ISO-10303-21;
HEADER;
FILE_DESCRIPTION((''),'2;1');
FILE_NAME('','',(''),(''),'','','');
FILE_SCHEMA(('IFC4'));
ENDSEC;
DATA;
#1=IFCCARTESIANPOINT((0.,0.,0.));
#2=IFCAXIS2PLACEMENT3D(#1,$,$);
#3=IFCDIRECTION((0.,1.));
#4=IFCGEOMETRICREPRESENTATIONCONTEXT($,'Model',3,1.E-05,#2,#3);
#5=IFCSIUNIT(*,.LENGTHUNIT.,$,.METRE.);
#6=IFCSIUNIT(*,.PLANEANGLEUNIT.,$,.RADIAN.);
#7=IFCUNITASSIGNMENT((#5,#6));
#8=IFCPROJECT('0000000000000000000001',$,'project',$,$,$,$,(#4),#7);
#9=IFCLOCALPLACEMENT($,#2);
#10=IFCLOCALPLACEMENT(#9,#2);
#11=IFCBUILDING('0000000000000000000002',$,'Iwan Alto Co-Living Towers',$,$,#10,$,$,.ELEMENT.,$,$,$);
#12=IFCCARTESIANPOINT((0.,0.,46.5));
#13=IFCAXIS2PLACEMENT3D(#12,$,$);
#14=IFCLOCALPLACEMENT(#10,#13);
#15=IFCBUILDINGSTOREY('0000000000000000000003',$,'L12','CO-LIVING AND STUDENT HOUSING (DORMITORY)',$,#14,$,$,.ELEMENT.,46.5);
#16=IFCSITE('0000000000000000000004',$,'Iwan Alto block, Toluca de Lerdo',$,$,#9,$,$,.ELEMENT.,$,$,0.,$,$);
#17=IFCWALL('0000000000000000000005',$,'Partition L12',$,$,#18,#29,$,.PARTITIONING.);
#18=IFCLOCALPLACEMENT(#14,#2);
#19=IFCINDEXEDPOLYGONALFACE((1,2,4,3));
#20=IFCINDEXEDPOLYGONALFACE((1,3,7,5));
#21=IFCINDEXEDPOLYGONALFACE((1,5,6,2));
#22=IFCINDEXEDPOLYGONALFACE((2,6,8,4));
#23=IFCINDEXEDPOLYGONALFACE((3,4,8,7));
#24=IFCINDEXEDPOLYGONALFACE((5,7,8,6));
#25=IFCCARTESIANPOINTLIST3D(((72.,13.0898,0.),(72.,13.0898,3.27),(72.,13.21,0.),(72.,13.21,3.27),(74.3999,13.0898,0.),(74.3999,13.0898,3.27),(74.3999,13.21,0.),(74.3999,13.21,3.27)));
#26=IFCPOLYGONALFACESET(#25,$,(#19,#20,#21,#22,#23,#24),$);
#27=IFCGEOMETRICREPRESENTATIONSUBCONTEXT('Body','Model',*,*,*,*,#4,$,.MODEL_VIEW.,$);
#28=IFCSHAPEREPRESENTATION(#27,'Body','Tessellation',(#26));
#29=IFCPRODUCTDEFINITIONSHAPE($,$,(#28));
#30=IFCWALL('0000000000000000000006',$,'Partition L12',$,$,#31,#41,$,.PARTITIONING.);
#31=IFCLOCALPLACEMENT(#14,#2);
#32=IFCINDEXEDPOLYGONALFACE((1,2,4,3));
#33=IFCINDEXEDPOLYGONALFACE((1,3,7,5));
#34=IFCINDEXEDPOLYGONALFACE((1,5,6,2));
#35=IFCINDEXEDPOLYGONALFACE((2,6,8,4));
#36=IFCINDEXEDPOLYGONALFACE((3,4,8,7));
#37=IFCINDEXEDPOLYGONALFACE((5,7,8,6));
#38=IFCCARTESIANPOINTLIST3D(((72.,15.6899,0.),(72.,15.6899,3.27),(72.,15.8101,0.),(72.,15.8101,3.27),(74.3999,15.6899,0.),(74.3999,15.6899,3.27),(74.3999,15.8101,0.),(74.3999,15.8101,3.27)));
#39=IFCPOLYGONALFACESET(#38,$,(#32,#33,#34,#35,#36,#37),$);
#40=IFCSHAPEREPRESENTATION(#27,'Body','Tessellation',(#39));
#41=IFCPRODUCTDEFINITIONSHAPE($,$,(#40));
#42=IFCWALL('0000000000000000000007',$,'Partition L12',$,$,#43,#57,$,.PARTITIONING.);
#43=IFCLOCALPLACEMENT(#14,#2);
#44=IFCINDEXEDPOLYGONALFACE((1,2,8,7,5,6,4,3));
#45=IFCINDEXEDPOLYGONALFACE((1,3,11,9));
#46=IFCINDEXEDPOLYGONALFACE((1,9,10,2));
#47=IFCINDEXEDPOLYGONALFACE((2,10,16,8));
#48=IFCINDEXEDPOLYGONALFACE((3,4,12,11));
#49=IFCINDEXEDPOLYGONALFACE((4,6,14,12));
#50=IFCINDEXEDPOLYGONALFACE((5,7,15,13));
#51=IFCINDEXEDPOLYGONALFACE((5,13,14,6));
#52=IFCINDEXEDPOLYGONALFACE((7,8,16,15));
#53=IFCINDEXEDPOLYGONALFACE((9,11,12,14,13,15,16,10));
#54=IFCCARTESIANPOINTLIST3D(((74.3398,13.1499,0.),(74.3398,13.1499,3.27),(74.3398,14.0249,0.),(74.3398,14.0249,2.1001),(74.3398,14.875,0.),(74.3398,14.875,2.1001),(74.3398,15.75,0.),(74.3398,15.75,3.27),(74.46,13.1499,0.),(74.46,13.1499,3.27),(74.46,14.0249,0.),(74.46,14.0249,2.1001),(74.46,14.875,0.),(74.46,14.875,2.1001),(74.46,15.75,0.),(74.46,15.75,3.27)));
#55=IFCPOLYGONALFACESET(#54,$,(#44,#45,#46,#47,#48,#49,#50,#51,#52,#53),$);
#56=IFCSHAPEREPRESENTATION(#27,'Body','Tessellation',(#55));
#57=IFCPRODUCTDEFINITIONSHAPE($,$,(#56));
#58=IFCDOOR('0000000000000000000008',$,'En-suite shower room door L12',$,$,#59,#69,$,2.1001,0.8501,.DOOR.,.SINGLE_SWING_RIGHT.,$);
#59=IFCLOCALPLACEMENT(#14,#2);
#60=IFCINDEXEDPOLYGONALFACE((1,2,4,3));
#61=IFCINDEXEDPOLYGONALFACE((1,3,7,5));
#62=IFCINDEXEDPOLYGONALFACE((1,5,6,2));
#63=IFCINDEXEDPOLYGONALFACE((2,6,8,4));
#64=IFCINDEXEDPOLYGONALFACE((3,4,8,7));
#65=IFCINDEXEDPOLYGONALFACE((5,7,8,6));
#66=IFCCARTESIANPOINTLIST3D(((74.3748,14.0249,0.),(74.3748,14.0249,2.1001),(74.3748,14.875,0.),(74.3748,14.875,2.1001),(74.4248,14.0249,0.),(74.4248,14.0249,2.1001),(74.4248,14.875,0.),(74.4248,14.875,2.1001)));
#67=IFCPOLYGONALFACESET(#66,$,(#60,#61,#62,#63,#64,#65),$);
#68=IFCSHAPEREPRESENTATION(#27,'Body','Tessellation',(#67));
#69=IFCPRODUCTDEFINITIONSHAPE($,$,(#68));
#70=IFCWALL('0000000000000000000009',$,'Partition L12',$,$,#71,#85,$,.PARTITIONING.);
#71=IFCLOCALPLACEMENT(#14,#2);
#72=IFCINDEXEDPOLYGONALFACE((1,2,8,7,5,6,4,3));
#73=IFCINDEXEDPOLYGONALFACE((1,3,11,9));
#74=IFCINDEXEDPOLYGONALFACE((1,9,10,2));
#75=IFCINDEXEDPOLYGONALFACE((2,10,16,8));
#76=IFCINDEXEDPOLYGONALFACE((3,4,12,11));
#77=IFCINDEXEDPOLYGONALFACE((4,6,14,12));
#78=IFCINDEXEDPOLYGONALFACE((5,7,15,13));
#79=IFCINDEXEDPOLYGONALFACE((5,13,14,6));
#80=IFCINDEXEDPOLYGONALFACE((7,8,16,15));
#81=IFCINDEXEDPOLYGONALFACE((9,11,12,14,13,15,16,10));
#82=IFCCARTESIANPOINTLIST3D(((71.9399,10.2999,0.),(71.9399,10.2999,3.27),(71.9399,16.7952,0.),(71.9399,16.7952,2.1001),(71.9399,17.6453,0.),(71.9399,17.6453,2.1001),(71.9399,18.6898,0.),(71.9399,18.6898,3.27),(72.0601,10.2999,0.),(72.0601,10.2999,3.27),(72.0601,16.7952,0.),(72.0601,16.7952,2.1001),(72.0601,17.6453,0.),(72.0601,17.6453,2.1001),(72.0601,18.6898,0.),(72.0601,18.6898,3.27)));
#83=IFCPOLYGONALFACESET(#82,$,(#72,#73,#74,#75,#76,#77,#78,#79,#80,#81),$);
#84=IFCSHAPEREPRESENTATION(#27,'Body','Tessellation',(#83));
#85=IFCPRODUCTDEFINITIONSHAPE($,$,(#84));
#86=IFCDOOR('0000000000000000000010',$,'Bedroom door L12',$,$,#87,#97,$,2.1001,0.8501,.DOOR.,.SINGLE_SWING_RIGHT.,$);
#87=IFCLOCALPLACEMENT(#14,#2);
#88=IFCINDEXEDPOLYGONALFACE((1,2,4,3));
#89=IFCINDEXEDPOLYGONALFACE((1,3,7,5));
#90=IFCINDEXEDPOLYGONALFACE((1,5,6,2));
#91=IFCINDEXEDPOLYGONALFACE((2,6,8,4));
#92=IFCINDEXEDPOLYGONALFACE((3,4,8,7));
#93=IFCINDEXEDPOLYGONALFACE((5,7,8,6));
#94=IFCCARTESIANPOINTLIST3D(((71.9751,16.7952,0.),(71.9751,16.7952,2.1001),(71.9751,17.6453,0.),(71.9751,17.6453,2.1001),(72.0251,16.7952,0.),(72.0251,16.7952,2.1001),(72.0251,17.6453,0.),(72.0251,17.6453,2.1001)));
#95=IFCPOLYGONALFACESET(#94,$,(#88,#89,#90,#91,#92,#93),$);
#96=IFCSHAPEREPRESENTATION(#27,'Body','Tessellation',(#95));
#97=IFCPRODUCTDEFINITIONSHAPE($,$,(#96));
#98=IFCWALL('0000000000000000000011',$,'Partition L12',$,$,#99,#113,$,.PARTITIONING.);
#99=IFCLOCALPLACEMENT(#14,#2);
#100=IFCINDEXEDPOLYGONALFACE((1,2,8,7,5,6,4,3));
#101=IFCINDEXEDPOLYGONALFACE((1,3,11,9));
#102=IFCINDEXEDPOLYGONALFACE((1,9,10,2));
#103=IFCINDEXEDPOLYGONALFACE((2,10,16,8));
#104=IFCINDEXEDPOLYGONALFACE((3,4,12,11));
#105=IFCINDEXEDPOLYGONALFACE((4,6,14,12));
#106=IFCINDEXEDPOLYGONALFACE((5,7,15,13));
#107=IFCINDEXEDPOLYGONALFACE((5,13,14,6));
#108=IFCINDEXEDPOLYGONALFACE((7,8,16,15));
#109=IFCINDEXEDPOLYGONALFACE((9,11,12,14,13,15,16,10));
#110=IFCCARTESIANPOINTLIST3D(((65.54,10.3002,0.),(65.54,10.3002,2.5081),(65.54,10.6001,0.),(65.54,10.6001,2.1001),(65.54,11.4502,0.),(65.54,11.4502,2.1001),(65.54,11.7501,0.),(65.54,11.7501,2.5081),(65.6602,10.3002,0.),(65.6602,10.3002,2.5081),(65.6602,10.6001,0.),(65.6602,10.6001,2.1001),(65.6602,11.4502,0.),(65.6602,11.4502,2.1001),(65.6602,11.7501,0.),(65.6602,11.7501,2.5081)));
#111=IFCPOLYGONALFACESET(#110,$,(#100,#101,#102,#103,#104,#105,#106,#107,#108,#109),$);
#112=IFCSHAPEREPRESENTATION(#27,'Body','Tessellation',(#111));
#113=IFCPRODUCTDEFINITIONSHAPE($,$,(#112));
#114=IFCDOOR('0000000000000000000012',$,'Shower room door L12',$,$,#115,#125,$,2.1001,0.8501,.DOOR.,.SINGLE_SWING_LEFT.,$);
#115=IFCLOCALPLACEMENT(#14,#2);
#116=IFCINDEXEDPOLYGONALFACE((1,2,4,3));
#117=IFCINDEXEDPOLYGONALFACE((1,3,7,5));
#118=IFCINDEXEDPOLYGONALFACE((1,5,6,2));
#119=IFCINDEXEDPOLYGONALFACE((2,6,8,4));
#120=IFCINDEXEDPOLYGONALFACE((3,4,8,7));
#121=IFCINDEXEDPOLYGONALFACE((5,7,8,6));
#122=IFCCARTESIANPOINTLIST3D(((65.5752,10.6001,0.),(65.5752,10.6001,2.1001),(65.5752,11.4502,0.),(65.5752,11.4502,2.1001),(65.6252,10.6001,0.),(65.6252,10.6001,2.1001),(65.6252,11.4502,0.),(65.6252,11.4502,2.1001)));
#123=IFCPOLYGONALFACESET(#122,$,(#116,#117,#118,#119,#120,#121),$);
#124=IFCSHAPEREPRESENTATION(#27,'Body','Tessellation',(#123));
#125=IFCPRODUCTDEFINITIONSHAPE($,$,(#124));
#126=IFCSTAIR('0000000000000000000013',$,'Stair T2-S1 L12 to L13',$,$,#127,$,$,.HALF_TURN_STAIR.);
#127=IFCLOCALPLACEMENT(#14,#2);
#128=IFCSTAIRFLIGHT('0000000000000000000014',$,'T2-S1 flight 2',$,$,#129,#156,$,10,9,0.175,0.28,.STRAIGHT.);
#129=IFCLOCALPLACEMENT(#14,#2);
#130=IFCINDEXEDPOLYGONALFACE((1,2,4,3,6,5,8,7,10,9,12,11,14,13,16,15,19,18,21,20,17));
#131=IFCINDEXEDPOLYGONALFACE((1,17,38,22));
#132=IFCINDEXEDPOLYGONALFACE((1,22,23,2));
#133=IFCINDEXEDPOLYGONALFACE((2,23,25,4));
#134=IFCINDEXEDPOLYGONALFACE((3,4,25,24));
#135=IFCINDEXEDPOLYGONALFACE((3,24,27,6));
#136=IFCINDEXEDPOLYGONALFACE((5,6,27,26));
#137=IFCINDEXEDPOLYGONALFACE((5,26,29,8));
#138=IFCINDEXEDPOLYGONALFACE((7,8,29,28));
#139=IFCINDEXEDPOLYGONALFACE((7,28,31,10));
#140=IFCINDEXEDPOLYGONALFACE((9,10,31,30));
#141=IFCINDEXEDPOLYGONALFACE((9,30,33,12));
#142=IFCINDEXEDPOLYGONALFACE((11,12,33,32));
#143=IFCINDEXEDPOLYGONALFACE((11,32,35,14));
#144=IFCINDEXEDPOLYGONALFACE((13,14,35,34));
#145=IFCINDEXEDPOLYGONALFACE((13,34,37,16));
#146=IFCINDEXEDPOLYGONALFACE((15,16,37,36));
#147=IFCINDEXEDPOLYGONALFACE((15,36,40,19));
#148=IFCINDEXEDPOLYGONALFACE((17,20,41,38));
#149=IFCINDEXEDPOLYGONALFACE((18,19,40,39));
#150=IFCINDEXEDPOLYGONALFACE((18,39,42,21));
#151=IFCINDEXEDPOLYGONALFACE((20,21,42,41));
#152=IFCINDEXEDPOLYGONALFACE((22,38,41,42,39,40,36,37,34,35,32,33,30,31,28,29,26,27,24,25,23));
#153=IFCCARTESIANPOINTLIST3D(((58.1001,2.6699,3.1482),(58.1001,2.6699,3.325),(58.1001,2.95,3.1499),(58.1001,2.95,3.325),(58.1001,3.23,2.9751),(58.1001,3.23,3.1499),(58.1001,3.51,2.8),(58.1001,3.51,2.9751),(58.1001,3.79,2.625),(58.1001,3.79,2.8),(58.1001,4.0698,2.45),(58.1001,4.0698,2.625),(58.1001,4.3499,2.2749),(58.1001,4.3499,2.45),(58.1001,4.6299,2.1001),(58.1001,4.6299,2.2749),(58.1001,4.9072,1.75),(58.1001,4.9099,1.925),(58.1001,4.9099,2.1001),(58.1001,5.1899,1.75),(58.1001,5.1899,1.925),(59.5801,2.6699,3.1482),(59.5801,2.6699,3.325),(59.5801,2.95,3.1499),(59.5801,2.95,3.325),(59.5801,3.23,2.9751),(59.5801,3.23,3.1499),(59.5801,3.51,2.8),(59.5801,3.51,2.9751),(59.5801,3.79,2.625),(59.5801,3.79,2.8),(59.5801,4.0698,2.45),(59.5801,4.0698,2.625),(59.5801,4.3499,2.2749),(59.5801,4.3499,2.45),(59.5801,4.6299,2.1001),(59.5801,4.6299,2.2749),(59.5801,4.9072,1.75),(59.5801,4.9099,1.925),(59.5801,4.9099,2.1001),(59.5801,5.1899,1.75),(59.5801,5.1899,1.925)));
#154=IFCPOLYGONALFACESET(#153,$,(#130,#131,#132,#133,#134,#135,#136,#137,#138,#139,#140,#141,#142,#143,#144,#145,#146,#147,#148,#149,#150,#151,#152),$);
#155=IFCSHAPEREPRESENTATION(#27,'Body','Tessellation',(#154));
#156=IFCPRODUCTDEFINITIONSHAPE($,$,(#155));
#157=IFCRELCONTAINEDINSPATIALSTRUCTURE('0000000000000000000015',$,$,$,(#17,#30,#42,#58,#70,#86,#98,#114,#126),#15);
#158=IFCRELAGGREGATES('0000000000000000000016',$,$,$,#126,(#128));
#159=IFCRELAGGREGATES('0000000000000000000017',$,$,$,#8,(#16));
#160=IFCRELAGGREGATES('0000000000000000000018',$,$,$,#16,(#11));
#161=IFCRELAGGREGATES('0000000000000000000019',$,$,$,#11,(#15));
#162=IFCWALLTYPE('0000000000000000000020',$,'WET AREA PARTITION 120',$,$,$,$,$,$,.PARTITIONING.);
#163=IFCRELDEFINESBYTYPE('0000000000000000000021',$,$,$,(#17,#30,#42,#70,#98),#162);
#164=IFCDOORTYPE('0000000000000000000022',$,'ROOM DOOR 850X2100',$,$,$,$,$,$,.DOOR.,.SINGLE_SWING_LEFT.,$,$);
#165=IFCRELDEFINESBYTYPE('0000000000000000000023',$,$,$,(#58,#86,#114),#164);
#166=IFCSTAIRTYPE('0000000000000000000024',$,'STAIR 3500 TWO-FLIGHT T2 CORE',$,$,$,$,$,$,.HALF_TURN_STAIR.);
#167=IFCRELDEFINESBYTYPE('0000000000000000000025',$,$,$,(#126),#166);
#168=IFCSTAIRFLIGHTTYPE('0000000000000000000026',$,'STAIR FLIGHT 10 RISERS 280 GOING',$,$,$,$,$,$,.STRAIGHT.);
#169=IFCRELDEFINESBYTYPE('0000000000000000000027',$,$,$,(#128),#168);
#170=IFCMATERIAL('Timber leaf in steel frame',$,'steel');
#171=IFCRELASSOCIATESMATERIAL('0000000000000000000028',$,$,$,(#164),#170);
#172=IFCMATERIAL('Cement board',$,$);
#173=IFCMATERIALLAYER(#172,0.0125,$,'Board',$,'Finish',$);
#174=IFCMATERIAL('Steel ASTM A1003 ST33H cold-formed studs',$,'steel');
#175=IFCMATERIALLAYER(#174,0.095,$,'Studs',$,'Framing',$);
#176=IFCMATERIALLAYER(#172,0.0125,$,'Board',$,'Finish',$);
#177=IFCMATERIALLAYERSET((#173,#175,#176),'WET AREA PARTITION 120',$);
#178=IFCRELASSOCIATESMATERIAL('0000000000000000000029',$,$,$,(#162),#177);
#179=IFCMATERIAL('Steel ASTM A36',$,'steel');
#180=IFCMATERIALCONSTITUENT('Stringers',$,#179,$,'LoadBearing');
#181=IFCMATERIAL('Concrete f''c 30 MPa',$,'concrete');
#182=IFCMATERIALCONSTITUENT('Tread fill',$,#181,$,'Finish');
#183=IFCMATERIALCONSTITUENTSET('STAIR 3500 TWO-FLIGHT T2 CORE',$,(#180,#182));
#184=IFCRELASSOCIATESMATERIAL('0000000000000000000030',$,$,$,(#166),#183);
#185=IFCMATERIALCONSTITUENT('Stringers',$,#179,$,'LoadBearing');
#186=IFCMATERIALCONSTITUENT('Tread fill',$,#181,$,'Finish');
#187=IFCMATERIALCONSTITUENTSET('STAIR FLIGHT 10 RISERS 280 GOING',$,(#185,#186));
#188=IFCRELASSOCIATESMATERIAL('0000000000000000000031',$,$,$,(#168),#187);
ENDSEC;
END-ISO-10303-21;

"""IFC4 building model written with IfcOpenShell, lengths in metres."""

from ifc_helpers import new_model, si_unit, direction, frame, frame_2d, origin, place, context, subcontext, project, spatial, polyline, rectangle, outline, extrude, material, layer, layer_set, constituent, constituent_set, type_object, element, fill, aggregate, save


model = new_model("IFC4")

# Units and contexts
model_context = context("Model", 3, precision=1e-05, world=origin(), true_north=direction((0.0, 1.0)))
body_context = subcontext(model_context, "Body", "Model", "MODEL_VIEW")
ifc_project = project(units=[si_unit("LENGTHUNIT", "METRE"), si_unit("PLANEANGLEUNIT", "RADIAN")], contexts=[model_context])

# Site, building, storey
site_placement = place(None, origin())
site = spatial("IfcSite", under=ifc_project, at=site_placement, Name="Iwan Alto block, Toluca de Lerdo", CompositionType="ELEMENT", RefElevation=0.0)
building_placement = place(site_placement, origin())
building = spatial("IfcBuilding", under=site, at=building_placement, Name="Iwan Alto Co-Living Towers", CompositionType="ELEMENT")
storey_placement = place(building_placement, frame((0.0, 0.0, 46.5)))
storey = spatial("IfcBuildingStorey", under=building, at=storey_placement, Name="L12", Description="CO-LIVING AND STUDENT HOUSING (DORMITORY)", CompositionType="ELEMENT", Elevation=46.5)

# Shared definitions
ifc_material_1 = material(Name="Steel ASTM A1003 ST33H cold-formed studs", Category="steel")
ifc_material_2 = material(Name="Timber leaf in steel frame", Category="steel")
door_type_1 = type_object("IfcDoorType", Name="ROOM DOOR 850X2100", OperationType="SINGLE_SWING_LEFT", PredefinedType="DOOR", material=ifc_material_2)

# Shared definitions
ifc_material_3 = material(Name="Cement board")
ifc_layer_1 = layer(ifc_material_3, 0.0125, Name="Board", Category="Finish")
ifc_layer_2 = layer(ifc_material_1, 0.095, Name="Studs", Category="Framing")
ifc_layer_3 = layer(ifc_material_3, 0.0125, Name="Board", Category="Finish")
ifc_layer_set_1 = layer_set([ifc_layer_1, ifc_layer_2, ifc_layer_3], Name="WET AREA PARTITION 120")
wall_type_1 = type_object("IfcWallType", Name="WET AREA PARTITION 120", PredefinedType="PARTITIONING", material=ifc_layer_set_1)

# Walls
for number, where, z_axis, x_axis, name in (
    (1, (72.0, 13.1499, 0.0), (0.0, 0.0, 1.0), (1.0, 0.0, 0.0), "Partition L12"),
    (2, (72.0, 15.75, 0.0), (0.0, 0.0, 1.0), (1.0, 0.0, 0.0), "Partition L12"),
):
    element("IfcWall", number, at=place(storey_placement, frame(where, z_axis=z_axis, x_axis=x_axis)), inside=storey, type_object=wall_type_1, Name=name, PredefinedType="PARTITIONING", context=body_context, shape_type="SweptSolid", body=[
        extrude(rectangle(XDim=2.3999, YDim=0.1201, at=frame_2d((1.2, 0.0))), origin(), (0.0, 0.0, 1.0), 3.27),
    ])

# Walls, openings, doors
wall_1_placement = place(storey_placement, frame((74.3999, 13.1499, 0.0), z_axis=(0.0, 0.0, 1.0), x_axis=(0.0, 1.0, 0.0)))
wall_1 = element("IfcWall", 3, at=wall_1_placement, inside=storey, type_object=wall_type_1, Name="Partition L12", PredefinedType="PARTITIONING", context=body_context, shape_type="SweptSolid", body=[
    extrude(rectangle(XDim=2.6001, YDim=0.1201, at=frame_2d((1.3, 0.0))), origin(), (0.0, 0.0, 1.0), 3.27),
])
opening_1_placement = place(wall_1_placement, frame((0.875, 0.0, 0.0)))
opening_1 = element("IfcOpeningElement", 4, at=opening_1_placement, cuts=wall_1, PredefinedType="OPENING", context=body_context, shape_type="SweptSolid", body=[
    extrude(rectangle(XDim=0.8501, YDim=2.1001, at=frame_2d((0.425, 1.05))), frame((0.0, 0.0701, 0.0), z_axis=(0.0, -1.0, 0.0), x_axis=(1.0, 0.0, 0.0)), (0.0, 0.0, 1.0), 0.1401),
])
door_1_placement = place(opening_1_placement, frame((0.8501, 0.0, 0.0), z_axis=(0.0, 0.0, 1.0), x_axis=(-1.0, 0.0, 0.0)))
door_1 = element("IfcDoor", 5, at=door_1_placement, inside=storey, type_object=door_type_1, Name="En-suite shower room door L12", OperationType="SINGLE_SWING_RIGHT", OverallHeight=2.1001, OverallWidth=0.8501, PredefinedType="DOOR", context=body_context, shape_type="SweptSolid", body=[
    extrude(rectangle(XDim=0.8501, YDim=2.1001, at=frame_2d((0.425, 1.05))), frame((0.0, 0.0249, 0.0), z_axis=(0.0, -1.0, 0.0), x_axis=(1.0, 0.0, 0.0)), (0.0, 0.0, 1.0), 0.05),
])
fill(opening_1, door_1)
wall_2_placement = place(storey_placement, frame((72.0, 10.3, 0.0), z_axis=(0.0, 0.0, 1.0), x_axis=(0.0, 1.0, 0.0)))
wall_2 = element("IfcWall", 6, at=wall_2_placement, inside=storey, type_object=wall_type_1, Name="Partition L12", PredefinedType="PARTITIONING", context=body_context, shape_type="SweptSolid", body=[
    extrude(rectangle(XDim=8.3899, YDim=0.1201, at=frame_2d((4.1948, 0.0))), origin(), (0.0, 0.0, 1.0), 3.27),
])
opening_2_placement = place(wall_2_placement, frame((6.4951, 0.0, 0.0)))
opening_2 = element("IfcOpeningElement", 7, at=opening_2_placement, cuts=wall_2, PredefinedType="OPENING", context=body_context, shape_type="SweptSolid", body=[
    extrude(rectangle(XDim=0.8501, YDim=2.1001, at=frame_2d((0.425, 1.05))), frame((0.0, 0.0701, 0.0), z_axis=(0.0, -1.0, 0.0), x_axis=(1.0, 0.0, 0.0)), (0.0, 0.0, 1.0), 0.1401),
])
door_2_placement = place(opening_2_placement, origin())
door_2 = element("IfcDoor", 8, at=door_2_placement, inside=storey, type_object=door_type_1, Name="Bedroom door L12", OperationType="SINGLE_SWING_RIGHT", OverallHeight=2.1001, OverallWidth=0.8501, PredefinedType="DOOR", context=body_context, shape_type="SweptSolid", body=[
    extrude(rectangle(XDim=0.8501, YDim=2.1001, at=frame_2d((0.425, 1.05))), frame((0.0, 0.0249, 0.0), z_axis=(0.0, -1.0, 0.0), x_axis=(1.0, 0.0, 0.0)), (0.0, 0.0, 1.0), 0.05),
])
fill(opening_2, door_2)
wall_3_placement = place(storey_placement, frame((65.6001, 10.3, 0.0), z_axis=(0.0, 0.0, 1.0), x_axis=(0.0, 1.0, 0.0)))
wall_3 = element("IfcWall", 9, at=wall_3_placement, inside=storey, type_object=wall_type_1, Name="Partition L12", PredefinedType="PARTITIONING", context=body_context, shape_type="SweptSolid", body=[
    extrude(rectangle(XDim=1.45, YDim=0.1201, at=frame_2d((0.7251, 0.0))), origin(), (0.0, 0.0, 1.0), 2.5081),
])
opening_3_placement = place(wall_3_placement, frame((0.3, 0.0, 0.0)))
opening_3 = element("IfcOpeningElement", 10, at=opening_3_placement, cuts=wall_3, PredefinedType="OPENING", context=body_context, shape_type="SweptSolid", body=[
    extrude(rectangle(XDim=0.8501, YDim=2.1001, at=frame_2d((0.425, 1.05))), frame((0.0, 0.0701, 0.0), z_axis=(0.0, -1.0, 0.0), x_axis=(1.0, 0.0, 0.0)), (0.0, 0.0, 1.0), 0.1401),
])
door_3_placement = place(opening_3_placement, origin())
door_3 = element("IfcDoor", 11, at=door_3_placement, inside=storey, type_object=door_type_1, Name="Shower room door L12", OperationType="SINGLE_SWING_LEFT", OverallHeight=2.1001, OverallWidth=0.8501, PredefinedType="DOOR", context=body_context, shape_type="SweptSolid", body=[
    extrude(rectangle(XDim=0.8501, YDim=2.1001, at=frame_2d((0.425, 1.05))), frame((0.0, 0.0249, 0.0), z_axis=(0.0, -1.0, 0.0), x_axis=(1.0, 0.0, 0.0)), (0.0, 0.0, 1.0), 0.05),
])
fill(opening_3, door_3)

# Stair, stair flight
ifc_material_4 = material(Name="Steel ASTM A36", Category="steel")
ifc_constituent_1 = constituent(ifc_material_4, Name="Stringers", Category="LoadBearing")
ifc_material_5 = material(Name="Concrete f'c 30 MPa", Category="concrete")
ifc_constituent_2 = constituent(ifc_material_5, Name="Tread fill", Category="Finish")
ifc_constituent_set_1 = constituent_set(constituents=[ifc_constituent_1, ifc_constituent_2], Name="STAIR 3500 TWO-FLIGHT T2 CORE")
stair_type = type_object("IfcStairType", Name="STAIR 3500 TWO-FLIGHT T2 CORE", PredefinedType="HALF_TURN_STAIR", material=ifc_constituent_set_1)
stair_placement = place(storey_placement, origin())
stair = element("IfcStair", 12, at=stair_placement, inside=storey, type_object=stair_type, Name="Stair T2-S1 L12 to L13", PredefinedType="HALF_TURN_STAIR")
ifc_constituent_3 = constituent(ifc_material_4, Name="Stringers", Category="LoadBearing")
ifc_constituent_4 = constituent(ifc_material_5, Name="Tread fill", Category="Finish")
ifc_constituent_set_2 = constituent_set(constituents=[ifc_constituent_3, ifc_constituent_4], Name="STAIR FLIGHT 10 RISERS 280 GOING")
stair_flight_type = type_object("IfcStairFlightType", Name="STAIR FLIGHT 10 RISERS 280 GOING", PredefinedType="STRAIGHT", material=ifc_constituent_set_2)
stair_flight_placement = place(storey_placement, frame((58.8401, 5.1899, 1.75), z_axis=(0.0, 0.0, 1.0), x_axis=(0.0, -1.0, 0.0)))
stair_flight = element("IfcStairFlight", 13, at=stair_flight_placement, type_object=stair_flight_type, Name="T2-S1 flight 2", NumberOfRisers=10, NumberOfTreads=9, PredefinedType="STRAIGHT", RiserHeight=0.175, TreadLength=0.28, context=body_context, shape_type="SweptSolid", body=[
    extrude(outline(polyline([(0.0, 0.0), (0.0, 0.175), (0.28, 0.175), (0.28, 0.3501), (0.5601, 0.3501), (0.5601, 0.5249), (0.8401, 0.5249), (0.8401, 0.7), (1.1201, 0.7), (1.1201, 0.875), (1.3999, 0.875), (1.3999, 1.05), (1.6799, 1.05), (1.6799, 1.2251), (1.96, 1.2251), (1.96, 1.3999), (2.24, 1.3999), (2.24, 1.575), (2.52, 1.575), (2.52, 1.75), (2.52, 1.3982), (0.2827, 0.0), (0.0, 0.0)])), frame((0.0, 0.74, 0.0), z_axis=(0.0, -1.0, 0.0), x_axis=(1.0, 0.0, 0.0)), (0.0, 0.0, 1.0), 1.48),
])
aggregate(stair, [stair_flight])

save(model, "model.ifc")
